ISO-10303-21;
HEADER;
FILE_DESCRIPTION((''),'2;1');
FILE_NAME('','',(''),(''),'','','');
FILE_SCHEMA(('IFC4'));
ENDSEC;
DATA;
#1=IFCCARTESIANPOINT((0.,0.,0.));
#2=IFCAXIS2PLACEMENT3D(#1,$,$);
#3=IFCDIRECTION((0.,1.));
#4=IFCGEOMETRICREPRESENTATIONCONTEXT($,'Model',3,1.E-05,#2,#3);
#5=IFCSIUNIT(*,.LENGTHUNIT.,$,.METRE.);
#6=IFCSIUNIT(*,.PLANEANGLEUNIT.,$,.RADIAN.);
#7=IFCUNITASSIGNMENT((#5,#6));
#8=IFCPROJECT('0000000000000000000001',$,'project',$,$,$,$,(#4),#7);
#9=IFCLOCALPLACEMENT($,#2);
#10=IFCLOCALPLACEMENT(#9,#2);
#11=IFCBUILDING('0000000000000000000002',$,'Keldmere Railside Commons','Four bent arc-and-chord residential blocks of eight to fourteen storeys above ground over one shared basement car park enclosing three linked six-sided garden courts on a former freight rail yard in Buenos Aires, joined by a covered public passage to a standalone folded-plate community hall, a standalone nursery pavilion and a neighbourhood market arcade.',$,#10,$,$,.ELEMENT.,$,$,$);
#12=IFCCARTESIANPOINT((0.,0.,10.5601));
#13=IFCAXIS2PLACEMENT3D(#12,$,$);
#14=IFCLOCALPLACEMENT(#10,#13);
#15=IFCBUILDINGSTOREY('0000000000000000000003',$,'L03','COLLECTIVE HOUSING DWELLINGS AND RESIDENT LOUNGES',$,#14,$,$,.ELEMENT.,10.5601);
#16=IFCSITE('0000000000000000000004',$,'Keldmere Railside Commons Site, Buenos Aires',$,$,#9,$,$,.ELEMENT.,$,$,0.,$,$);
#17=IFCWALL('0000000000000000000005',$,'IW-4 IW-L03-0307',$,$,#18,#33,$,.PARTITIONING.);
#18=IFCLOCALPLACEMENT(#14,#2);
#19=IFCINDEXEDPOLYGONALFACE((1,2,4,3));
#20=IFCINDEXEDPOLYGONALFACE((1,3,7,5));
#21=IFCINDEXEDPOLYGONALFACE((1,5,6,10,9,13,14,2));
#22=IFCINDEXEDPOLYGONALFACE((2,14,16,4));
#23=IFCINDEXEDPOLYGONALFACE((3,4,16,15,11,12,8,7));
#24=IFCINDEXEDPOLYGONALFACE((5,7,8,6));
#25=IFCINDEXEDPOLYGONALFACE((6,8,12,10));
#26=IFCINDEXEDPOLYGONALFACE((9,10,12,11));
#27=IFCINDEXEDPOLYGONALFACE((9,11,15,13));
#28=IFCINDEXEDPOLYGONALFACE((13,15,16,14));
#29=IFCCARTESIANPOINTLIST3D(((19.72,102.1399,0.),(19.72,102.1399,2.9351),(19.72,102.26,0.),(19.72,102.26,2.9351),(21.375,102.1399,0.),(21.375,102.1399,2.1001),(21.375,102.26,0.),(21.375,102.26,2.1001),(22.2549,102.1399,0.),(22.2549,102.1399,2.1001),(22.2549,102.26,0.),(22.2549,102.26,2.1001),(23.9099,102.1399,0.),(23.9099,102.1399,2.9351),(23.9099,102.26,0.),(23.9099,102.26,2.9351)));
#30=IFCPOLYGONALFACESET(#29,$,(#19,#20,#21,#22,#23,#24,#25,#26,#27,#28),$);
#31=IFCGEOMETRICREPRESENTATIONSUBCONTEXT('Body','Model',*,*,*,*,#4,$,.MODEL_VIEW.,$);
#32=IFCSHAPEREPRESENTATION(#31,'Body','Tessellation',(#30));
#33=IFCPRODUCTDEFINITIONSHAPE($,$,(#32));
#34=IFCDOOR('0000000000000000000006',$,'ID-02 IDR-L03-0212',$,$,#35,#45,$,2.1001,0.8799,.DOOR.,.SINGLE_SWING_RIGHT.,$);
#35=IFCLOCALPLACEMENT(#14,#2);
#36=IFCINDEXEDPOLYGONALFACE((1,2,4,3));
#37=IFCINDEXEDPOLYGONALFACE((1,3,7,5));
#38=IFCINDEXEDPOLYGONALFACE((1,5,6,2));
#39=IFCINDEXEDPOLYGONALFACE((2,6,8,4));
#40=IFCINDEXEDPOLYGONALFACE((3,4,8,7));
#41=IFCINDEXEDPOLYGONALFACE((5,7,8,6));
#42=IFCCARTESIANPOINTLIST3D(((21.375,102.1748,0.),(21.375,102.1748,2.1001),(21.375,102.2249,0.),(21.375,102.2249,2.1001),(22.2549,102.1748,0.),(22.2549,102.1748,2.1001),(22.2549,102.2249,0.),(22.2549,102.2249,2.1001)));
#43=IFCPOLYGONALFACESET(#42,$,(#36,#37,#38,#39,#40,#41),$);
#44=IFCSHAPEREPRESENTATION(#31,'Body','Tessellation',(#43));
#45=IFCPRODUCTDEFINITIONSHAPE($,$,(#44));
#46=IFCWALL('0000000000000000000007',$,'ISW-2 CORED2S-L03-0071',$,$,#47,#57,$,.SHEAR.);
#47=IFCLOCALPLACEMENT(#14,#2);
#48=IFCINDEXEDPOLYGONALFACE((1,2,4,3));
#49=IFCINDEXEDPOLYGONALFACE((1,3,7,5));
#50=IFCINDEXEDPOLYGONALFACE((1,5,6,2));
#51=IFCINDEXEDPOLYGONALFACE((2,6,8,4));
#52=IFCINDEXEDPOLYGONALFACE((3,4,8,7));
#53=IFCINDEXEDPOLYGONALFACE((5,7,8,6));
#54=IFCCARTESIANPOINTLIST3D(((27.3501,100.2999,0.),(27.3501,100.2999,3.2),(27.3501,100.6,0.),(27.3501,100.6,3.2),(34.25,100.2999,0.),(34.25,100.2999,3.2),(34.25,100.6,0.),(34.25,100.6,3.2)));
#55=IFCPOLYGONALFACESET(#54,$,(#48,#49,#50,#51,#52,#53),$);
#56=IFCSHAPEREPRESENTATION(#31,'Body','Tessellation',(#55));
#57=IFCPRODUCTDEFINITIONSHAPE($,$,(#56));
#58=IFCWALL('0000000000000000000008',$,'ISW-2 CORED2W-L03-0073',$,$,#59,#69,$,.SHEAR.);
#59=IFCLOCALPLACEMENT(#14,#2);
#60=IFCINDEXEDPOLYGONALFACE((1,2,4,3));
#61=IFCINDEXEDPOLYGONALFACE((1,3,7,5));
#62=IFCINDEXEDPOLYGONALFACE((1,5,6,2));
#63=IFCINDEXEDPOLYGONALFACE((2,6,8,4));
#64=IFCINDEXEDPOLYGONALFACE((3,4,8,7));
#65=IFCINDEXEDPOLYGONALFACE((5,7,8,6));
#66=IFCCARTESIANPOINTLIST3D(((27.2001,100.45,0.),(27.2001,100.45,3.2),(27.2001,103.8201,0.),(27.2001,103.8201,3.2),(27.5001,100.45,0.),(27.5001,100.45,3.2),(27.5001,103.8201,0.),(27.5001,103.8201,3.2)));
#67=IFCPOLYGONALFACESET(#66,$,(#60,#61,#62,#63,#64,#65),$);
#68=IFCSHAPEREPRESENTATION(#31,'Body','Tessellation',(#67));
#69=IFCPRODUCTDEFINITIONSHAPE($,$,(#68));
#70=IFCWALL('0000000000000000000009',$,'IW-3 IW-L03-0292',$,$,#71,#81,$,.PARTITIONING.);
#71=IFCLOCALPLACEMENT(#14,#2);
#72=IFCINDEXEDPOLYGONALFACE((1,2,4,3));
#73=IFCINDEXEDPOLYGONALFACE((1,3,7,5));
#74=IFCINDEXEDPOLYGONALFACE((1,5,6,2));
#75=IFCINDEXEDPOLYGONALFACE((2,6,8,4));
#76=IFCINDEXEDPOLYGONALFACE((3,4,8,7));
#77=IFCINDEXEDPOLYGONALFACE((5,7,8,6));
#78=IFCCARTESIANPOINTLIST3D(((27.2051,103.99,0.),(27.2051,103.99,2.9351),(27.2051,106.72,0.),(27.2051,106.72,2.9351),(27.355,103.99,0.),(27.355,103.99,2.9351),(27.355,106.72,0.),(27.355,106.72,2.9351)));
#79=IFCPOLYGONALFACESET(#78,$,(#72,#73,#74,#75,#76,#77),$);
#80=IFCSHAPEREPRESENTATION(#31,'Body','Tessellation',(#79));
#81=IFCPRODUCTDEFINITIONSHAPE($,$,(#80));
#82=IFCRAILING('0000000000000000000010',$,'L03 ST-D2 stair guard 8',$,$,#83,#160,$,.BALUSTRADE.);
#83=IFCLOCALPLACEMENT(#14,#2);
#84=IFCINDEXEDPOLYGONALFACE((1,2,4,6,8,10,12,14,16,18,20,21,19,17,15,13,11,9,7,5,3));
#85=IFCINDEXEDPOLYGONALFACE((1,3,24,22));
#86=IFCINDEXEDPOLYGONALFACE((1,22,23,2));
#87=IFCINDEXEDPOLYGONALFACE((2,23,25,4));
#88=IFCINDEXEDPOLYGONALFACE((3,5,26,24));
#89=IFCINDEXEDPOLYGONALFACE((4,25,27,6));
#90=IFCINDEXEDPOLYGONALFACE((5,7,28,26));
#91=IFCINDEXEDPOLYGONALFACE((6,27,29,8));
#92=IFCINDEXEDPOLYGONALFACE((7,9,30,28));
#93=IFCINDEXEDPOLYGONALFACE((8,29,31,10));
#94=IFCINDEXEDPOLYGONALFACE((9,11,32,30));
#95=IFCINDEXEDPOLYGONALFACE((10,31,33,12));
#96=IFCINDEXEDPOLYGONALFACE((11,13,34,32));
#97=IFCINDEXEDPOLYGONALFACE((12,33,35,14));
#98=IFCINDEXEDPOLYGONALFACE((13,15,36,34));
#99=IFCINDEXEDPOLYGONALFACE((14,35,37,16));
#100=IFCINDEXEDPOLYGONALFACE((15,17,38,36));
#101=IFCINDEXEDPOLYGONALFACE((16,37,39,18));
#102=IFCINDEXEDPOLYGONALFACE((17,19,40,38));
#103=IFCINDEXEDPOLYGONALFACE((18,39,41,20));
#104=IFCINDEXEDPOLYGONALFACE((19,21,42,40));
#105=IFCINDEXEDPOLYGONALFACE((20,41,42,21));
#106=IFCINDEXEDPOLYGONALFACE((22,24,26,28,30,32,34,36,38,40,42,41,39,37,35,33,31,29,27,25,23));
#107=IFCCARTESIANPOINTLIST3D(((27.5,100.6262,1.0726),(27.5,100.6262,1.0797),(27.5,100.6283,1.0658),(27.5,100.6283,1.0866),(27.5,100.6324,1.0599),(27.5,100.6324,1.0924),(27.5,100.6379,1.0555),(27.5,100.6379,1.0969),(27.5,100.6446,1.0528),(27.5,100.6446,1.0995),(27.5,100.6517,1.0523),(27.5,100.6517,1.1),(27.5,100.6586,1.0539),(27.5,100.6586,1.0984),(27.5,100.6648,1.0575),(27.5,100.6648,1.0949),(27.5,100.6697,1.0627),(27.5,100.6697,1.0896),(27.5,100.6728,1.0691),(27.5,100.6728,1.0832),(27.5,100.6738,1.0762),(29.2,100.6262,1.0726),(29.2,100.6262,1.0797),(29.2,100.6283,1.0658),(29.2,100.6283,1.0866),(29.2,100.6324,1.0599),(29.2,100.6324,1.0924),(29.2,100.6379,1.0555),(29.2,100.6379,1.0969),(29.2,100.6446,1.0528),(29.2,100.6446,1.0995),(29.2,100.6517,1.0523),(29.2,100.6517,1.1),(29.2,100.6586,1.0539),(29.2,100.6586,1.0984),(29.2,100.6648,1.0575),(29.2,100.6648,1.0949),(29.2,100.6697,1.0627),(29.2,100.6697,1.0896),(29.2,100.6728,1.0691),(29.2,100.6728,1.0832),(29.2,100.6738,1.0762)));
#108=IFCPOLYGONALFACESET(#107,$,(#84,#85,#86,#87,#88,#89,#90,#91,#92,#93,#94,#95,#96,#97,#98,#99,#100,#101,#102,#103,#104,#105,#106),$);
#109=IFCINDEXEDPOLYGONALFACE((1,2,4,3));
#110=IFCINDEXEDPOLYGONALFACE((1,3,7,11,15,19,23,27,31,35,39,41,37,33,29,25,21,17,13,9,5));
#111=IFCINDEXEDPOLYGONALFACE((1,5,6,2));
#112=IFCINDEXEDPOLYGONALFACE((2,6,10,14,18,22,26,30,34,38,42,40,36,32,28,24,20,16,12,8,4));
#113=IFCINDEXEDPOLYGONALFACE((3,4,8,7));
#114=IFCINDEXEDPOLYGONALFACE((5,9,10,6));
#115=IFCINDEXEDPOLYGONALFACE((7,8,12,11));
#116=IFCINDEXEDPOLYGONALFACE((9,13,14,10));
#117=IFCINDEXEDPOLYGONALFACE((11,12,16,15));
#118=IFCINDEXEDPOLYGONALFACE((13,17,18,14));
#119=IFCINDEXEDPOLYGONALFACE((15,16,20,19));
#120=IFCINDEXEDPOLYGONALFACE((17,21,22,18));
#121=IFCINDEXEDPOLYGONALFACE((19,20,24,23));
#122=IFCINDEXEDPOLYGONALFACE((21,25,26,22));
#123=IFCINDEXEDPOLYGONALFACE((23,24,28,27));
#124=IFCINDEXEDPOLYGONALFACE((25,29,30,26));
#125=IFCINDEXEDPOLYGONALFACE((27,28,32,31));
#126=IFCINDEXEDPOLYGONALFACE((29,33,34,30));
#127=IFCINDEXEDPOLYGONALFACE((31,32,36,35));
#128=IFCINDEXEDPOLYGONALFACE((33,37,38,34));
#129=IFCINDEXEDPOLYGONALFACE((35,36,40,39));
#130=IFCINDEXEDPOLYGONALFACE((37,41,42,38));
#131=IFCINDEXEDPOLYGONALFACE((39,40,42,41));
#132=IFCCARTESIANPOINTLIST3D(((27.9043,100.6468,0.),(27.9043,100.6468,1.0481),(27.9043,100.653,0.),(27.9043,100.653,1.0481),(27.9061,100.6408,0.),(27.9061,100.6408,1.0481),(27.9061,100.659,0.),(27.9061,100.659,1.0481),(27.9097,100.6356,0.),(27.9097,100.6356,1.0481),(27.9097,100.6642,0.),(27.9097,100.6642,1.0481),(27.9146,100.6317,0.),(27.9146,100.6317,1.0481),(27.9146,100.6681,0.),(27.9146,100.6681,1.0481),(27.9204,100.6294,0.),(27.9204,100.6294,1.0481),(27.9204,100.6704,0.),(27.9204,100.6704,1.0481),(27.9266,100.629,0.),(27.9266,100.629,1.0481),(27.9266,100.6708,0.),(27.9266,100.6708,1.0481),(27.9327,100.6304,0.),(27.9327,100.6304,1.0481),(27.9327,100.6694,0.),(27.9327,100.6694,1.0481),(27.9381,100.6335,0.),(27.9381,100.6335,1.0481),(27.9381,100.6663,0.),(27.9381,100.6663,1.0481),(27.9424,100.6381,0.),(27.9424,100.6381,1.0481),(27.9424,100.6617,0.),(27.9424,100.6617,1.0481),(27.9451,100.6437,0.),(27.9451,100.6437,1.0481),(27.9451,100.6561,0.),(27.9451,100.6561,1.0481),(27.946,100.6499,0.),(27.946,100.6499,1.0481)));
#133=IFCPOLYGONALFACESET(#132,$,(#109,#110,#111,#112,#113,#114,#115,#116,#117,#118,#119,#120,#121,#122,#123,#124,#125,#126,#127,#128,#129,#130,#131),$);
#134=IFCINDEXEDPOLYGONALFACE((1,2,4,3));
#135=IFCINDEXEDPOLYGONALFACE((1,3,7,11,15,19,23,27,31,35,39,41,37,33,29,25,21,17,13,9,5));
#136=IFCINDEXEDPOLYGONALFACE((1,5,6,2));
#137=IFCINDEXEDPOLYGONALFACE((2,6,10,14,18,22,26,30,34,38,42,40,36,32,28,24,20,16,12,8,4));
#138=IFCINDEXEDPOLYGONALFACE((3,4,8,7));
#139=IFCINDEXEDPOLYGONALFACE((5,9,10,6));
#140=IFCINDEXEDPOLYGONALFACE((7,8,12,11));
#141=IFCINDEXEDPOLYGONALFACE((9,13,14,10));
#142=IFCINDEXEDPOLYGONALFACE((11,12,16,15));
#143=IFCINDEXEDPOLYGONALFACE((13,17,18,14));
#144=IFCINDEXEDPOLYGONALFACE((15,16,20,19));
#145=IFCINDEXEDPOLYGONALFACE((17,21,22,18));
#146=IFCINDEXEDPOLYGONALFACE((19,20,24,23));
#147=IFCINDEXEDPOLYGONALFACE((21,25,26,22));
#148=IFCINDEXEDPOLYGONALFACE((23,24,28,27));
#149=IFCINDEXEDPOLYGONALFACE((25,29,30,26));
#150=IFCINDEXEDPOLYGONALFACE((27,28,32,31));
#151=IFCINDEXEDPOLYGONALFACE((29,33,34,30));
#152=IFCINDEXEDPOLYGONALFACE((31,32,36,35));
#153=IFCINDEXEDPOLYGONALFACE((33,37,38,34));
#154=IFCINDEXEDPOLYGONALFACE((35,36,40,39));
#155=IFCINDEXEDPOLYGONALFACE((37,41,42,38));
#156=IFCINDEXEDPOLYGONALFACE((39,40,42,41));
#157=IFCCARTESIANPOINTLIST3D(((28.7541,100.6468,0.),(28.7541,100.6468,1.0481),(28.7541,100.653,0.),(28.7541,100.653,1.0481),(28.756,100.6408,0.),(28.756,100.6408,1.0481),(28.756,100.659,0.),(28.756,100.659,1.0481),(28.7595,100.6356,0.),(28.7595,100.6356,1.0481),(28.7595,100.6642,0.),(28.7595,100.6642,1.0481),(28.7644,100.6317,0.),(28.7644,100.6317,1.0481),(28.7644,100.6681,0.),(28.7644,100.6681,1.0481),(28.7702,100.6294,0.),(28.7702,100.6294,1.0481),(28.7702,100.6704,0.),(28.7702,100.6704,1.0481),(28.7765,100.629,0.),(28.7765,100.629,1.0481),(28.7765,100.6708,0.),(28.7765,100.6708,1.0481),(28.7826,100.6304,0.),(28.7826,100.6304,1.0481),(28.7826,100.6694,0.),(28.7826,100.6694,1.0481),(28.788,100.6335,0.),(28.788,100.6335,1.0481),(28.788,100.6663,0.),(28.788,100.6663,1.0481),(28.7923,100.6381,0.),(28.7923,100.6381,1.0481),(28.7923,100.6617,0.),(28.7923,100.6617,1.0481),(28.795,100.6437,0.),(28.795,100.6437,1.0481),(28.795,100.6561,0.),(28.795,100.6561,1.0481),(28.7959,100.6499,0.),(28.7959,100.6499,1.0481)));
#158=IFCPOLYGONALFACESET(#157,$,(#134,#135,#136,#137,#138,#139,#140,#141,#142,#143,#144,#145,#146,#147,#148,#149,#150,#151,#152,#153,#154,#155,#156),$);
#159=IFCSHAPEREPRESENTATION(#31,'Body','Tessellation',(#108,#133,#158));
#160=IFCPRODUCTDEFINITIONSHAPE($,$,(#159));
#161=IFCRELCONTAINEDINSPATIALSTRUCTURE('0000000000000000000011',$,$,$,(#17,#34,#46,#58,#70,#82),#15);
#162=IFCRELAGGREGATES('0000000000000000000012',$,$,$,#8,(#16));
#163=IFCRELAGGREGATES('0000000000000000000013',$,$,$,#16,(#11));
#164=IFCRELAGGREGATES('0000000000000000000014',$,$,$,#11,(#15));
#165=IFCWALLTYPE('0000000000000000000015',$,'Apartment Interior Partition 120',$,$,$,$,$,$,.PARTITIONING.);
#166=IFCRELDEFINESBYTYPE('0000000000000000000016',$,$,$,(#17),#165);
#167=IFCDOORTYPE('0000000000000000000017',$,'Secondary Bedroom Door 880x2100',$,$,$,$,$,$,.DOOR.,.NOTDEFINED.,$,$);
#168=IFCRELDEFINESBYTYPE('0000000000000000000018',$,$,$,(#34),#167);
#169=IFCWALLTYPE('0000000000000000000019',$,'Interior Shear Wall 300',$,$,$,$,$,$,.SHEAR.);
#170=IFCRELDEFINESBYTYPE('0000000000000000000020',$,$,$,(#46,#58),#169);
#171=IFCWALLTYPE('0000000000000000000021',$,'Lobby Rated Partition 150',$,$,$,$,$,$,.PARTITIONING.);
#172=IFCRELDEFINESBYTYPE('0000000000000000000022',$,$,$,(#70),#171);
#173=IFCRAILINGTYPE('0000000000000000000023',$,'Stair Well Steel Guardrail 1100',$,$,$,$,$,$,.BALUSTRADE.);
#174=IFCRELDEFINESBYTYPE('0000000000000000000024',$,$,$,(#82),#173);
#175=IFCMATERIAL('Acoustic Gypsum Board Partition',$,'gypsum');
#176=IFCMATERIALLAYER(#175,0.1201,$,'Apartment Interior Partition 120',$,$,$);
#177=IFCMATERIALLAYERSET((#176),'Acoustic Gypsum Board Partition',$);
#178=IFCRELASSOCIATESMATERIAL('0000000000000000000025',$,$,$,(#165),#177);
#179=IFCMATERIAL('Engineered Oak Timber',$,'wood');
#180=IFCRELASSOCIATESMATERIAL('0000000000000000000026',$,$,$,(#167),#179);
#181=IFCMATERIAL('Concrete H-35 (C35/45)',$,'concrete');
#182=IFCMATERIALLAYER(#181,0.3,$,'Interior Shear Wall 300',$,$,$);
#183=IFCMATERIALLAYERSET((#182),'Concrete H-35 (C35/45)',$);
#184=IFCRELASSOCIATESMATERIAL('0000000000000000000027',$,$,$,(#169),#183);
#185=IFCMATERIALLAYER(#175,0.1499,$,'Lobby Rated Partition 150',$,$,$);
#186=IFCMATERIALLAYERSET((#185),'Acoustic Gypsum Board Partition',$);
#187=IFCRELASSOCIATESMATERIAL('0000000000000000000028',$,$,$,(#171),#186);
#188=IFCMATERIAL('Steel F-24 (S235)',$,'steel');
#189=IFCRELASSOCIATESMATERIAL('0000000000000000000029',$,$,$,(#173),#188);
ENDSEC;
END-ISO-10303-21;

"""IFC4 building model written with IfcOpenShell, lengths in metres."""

from ifc_helpers import new_model, si_unit, direction, frame, frame_2d, origin, origin_2d, place, context, subcontext, project, spatial, rectangle, circle, extrude, material, layer, layer_set, type_object, element, fill, save


model = new_model("IFC4")

# Units and contexts
model_context = context("Model", 3, precision=1e-05, world=origin(), true_north=direction((0.0, 1.0)))
body_context = subcontext(model_context, "Body", "Model", "MODEL_VIEW")
ifc_project = project(units=[si_unit("LENGTHUNIT", "METRE"), si_unit("PLANEANGLEUNIT", "RADIAN")], contexts=[model_context])

# Site, building, storey
site_placement = place(None, origin())
site = spatial("IfcSite", under=ifc_project, at=site_placement, Name="Keldmere Railside Commons Site, Buenos Aires", CompositionType="ELEMENT", RefElevation=0.0)
building_placement = place(site_placement, origin())
building = spatial("IfcBuilding", under=site, at=building_placement, Name="Keldmere Railside Commons", Description="Four bent arc-and-chord residential blocks of eight to fourteen storeys above ground over one shared basement car park enclosing three linked six-sided garden courts on a former freight rail yard in Buenos Aires, joined by a covered public passage to a standalone folded-plate community hall, a standalone nursery pavilion and a neighbourhood market arcade.", CompositionType="ELEMENT")
storey_placement = place(building_placement, frame((0.0, 0.0, 10.5601)))
storey = spatial("IfcBuildingStorey", under=building, at=storey_placement, Name="L03", Description="COLLECTIVE HOUSING DWELLINGS AND RESIDENT LOUNGES", CompositionType="ELEMENT", Elevation=10.5601)

# Shared definitions
ifc_material_1 = material(Name="Concrete H-35 (C35/45)", Category="concrete")

# Shared definitions
ifc_material_2 = material(Name="Acoustic Gypsum Board Partition", Category="gypsum")

# Wall, opening, door
ifc_layer_1 = layer(ifc_material_2, 0.1201, Name="Apartment Interior Partition 120")
ifc_layer_set_1 = layer_set([ifc_layer_1], Name="Acoustic Gypsum Board Partition")
wall_type_1 = type_object("IfcWallType", Name="Apartment Interior Partition 120", PredefinedType="PARTITIONING", material=ifc_layer_set_1)
wall_1_placement = place(storey_placement, frame((19.72, 102.2, 0.0), z_axis=(0.0, 0.0, 1.0), x_axis=(1.0, 0.0, 0.0)))
wall_1 = element("IfcWall", 1, at=wall_1_placement, inside=storey, type_object=wall_type_1, Name="IW-4 IW-L03-0307", PredefinedType="PARTITIONING", context=body_context, shape_type="SweptSolid", body=[
    extrude(rectangle(XDim=4.1899, YDim=0.1201, at=frame_2d((2.095, 0.0))), origin(), (0.0, 0.0, 1.0), 2.9351),
])
opening_placement = place(wall_1_placement, frame((1.655, 0.0, 0.0)))
opening = element("IfcOpeningElement", 2, at=opening_placement, cuts=wall_1, PredefinedType="OPENING", context=body_context, shape_type="SweptSolid", body=[
    extrude(rectangle(XDim=0.8799, YDim=2.1001, at=frame_2d((0.4399, 1.05))), frame((0.0, 0.0701, 0.0), z_axis=(0.0, -1.0, 0.0), x_axis=(1.0, 0.0, 0.0)), (0.0, 0.0, 1.0), 0.1401),
])
ifc_material_3 = material(Name="Engineered Oak Timber", Category="wood")
door_type = type_object("IfcDoorType", Name="Secondary Bedroom Door 880x2100", OperationType="NOTDEFINED", PredefinedType="DOOR", material=ifc_material_3)
door_placement = place(opening_placement, origin())
door = element("IfcDoor", 3, at=door_placement, inside=storey, type_object=door_type, Name="ID-02 IDR-L03-0212", OperationType="SINGLE_SWING_RIGHT", OverallHeight=2.1001, OverallWidth=0.8799, PredefinedType="DOOR", context=body_context, shape_type="SweptSolid", body=[
    extrude(rectangle(XDim=0.8799, YDim=2.1001, at=frame_2d((0.4399, 1.05))), frame((0.0, 0.0249, 0.0), z_axis=(0.0, -1.0, 0.0), x_axis=(1.0, 0.0, 0.0)), (0.0, 0.0, 1.0), 0.05),
])
fill(opening, door)

# Walls
ifc_layer_2 = layer(ifc_material_1, 0.3, Name="Interior Shear Wall 300")
ifc_layer_set_2 = layer_set([ifc_layer_2], Name="Concrete H-35 (C35/45)")
wall_type_2 = type_object("IfcWallType", Name="Interior Shear Wall 300", PredefinedType="SHEAR", material=ifc_layer_set_2)
wall_2_placement = place(storey_placement, frame((27.3501, 100.45, 0.0), z_axis=(0.0, 0.0, 1.0), x_axis=(1.0, 0.0, 0.0)))
element("IfcWall", 4, at=wall_2_placement, inside=storey, type_object=wall_type_2, Name="ISW-2 CORED2S-L03-0071", PredefinedType="SHEAR", context=body_context, shape_type="SweptSolid", body=[
    extrude(rectangle(XDim=6.8999, YDim=0.3, at=frame_2d((3.45, 0.0))), origin(), (0.0, 0.0, 1.0), 3.2),
])
wall_3_placement = place(storey_placement, frame((27.3501, 103.8201, 0.0), z_axis=(0.0, 0.0, 1.0), x_axis=(0.0, -1.0, 0.0)))
element("IfcWall", 5, at=wall_3_placement, inside=storey, type_object=wall_type_2, Name="ISW-2 CORED2W-L03-0073", PredefinedType="SHEAR", context=body_context, shape_type="SweptSolid", body=[
    extrude(rectangle(XDim=3.3701, YDim=0.3, at=frame_2d((1.6851, 0.0))), origin(), (0.0, 0.0, 1.0), 3.2),
])
ifc_layer_3 = layer(ifc_material_2, 0.1499, Name="Lobby Rated Partition 150")
ifc_layer_set_3 = layer_set([ifc_layer_3], Name="Acoustic Gypsum Board Partition")
wall_type_3 = type_object("IfcWallType", Name="Lobby Rated Partition 150", PredefinedType="PARTITIONING", material=ifc_layer_set_3)
wall_4_placement = place(storey_placement, frame((27.28, 103.99, 0.0), z_axis=(0.0, 0.0, 1.0), x_axis=(0.0, 1.0, 0.0)))
element("IfcWall", 6, at=wall_4_placement, inside=storey, type_object=wall_type_3, Name="IW-3 IW-L03-0292", PredefinedType="PARTITIONING", context=body_context, shape_type="SweptSolid", body=[
    extrude(rectangle(XDim=2.73, YDim=0.1499, at=frame_2d((1.365, 0.0))), origin(), (0.0, 0.0, 1.0), 2.9351),
])

# Railing
ifc_material_4 = material(Name="Steel F-24 (S235)", Category="steel")
railing_type = type_object("IfcRailingType", Name="Stair Well Steel Guardrail 1100", PredefinedType="BALUSTRADE", material=ifc_material_4)
for number, where, name in (
    (7, (27.5, 100.6499, 0.0), "L03 ST-D2 stair guard 8"),
):
    element("IfcRailing", number, at=place(storey_placement, frame(where)), inside=storey, type_object=railing_type, Name=name, PredefinedType="BALUSTRADE", context=body_context, shape_type="SweptSolid", body=[
        extrude(circle(Radius=0.0239, at=origin_2d()), frame((0.0, 0.0, 1.0762), z_axis=(1.0, 0.0, 0.0), x_axis=(0.0, 1.0, 0.0)), (0.0, 0.0, 1.0), 1.7),
        extrude(circle(Radius=0.021, at=origin_2d()), frame((0.425, 0.0, 0.0)), (0.0, 0.0, 1.0), 1.0481),
        extrude(circle(Radius=0.021, at=origin_2d()), frame((1.2749, 0.0, 0.0)), (0.0, 0.0, 1.0), 1.0481),
    ])

save(model, "model.ifc")
